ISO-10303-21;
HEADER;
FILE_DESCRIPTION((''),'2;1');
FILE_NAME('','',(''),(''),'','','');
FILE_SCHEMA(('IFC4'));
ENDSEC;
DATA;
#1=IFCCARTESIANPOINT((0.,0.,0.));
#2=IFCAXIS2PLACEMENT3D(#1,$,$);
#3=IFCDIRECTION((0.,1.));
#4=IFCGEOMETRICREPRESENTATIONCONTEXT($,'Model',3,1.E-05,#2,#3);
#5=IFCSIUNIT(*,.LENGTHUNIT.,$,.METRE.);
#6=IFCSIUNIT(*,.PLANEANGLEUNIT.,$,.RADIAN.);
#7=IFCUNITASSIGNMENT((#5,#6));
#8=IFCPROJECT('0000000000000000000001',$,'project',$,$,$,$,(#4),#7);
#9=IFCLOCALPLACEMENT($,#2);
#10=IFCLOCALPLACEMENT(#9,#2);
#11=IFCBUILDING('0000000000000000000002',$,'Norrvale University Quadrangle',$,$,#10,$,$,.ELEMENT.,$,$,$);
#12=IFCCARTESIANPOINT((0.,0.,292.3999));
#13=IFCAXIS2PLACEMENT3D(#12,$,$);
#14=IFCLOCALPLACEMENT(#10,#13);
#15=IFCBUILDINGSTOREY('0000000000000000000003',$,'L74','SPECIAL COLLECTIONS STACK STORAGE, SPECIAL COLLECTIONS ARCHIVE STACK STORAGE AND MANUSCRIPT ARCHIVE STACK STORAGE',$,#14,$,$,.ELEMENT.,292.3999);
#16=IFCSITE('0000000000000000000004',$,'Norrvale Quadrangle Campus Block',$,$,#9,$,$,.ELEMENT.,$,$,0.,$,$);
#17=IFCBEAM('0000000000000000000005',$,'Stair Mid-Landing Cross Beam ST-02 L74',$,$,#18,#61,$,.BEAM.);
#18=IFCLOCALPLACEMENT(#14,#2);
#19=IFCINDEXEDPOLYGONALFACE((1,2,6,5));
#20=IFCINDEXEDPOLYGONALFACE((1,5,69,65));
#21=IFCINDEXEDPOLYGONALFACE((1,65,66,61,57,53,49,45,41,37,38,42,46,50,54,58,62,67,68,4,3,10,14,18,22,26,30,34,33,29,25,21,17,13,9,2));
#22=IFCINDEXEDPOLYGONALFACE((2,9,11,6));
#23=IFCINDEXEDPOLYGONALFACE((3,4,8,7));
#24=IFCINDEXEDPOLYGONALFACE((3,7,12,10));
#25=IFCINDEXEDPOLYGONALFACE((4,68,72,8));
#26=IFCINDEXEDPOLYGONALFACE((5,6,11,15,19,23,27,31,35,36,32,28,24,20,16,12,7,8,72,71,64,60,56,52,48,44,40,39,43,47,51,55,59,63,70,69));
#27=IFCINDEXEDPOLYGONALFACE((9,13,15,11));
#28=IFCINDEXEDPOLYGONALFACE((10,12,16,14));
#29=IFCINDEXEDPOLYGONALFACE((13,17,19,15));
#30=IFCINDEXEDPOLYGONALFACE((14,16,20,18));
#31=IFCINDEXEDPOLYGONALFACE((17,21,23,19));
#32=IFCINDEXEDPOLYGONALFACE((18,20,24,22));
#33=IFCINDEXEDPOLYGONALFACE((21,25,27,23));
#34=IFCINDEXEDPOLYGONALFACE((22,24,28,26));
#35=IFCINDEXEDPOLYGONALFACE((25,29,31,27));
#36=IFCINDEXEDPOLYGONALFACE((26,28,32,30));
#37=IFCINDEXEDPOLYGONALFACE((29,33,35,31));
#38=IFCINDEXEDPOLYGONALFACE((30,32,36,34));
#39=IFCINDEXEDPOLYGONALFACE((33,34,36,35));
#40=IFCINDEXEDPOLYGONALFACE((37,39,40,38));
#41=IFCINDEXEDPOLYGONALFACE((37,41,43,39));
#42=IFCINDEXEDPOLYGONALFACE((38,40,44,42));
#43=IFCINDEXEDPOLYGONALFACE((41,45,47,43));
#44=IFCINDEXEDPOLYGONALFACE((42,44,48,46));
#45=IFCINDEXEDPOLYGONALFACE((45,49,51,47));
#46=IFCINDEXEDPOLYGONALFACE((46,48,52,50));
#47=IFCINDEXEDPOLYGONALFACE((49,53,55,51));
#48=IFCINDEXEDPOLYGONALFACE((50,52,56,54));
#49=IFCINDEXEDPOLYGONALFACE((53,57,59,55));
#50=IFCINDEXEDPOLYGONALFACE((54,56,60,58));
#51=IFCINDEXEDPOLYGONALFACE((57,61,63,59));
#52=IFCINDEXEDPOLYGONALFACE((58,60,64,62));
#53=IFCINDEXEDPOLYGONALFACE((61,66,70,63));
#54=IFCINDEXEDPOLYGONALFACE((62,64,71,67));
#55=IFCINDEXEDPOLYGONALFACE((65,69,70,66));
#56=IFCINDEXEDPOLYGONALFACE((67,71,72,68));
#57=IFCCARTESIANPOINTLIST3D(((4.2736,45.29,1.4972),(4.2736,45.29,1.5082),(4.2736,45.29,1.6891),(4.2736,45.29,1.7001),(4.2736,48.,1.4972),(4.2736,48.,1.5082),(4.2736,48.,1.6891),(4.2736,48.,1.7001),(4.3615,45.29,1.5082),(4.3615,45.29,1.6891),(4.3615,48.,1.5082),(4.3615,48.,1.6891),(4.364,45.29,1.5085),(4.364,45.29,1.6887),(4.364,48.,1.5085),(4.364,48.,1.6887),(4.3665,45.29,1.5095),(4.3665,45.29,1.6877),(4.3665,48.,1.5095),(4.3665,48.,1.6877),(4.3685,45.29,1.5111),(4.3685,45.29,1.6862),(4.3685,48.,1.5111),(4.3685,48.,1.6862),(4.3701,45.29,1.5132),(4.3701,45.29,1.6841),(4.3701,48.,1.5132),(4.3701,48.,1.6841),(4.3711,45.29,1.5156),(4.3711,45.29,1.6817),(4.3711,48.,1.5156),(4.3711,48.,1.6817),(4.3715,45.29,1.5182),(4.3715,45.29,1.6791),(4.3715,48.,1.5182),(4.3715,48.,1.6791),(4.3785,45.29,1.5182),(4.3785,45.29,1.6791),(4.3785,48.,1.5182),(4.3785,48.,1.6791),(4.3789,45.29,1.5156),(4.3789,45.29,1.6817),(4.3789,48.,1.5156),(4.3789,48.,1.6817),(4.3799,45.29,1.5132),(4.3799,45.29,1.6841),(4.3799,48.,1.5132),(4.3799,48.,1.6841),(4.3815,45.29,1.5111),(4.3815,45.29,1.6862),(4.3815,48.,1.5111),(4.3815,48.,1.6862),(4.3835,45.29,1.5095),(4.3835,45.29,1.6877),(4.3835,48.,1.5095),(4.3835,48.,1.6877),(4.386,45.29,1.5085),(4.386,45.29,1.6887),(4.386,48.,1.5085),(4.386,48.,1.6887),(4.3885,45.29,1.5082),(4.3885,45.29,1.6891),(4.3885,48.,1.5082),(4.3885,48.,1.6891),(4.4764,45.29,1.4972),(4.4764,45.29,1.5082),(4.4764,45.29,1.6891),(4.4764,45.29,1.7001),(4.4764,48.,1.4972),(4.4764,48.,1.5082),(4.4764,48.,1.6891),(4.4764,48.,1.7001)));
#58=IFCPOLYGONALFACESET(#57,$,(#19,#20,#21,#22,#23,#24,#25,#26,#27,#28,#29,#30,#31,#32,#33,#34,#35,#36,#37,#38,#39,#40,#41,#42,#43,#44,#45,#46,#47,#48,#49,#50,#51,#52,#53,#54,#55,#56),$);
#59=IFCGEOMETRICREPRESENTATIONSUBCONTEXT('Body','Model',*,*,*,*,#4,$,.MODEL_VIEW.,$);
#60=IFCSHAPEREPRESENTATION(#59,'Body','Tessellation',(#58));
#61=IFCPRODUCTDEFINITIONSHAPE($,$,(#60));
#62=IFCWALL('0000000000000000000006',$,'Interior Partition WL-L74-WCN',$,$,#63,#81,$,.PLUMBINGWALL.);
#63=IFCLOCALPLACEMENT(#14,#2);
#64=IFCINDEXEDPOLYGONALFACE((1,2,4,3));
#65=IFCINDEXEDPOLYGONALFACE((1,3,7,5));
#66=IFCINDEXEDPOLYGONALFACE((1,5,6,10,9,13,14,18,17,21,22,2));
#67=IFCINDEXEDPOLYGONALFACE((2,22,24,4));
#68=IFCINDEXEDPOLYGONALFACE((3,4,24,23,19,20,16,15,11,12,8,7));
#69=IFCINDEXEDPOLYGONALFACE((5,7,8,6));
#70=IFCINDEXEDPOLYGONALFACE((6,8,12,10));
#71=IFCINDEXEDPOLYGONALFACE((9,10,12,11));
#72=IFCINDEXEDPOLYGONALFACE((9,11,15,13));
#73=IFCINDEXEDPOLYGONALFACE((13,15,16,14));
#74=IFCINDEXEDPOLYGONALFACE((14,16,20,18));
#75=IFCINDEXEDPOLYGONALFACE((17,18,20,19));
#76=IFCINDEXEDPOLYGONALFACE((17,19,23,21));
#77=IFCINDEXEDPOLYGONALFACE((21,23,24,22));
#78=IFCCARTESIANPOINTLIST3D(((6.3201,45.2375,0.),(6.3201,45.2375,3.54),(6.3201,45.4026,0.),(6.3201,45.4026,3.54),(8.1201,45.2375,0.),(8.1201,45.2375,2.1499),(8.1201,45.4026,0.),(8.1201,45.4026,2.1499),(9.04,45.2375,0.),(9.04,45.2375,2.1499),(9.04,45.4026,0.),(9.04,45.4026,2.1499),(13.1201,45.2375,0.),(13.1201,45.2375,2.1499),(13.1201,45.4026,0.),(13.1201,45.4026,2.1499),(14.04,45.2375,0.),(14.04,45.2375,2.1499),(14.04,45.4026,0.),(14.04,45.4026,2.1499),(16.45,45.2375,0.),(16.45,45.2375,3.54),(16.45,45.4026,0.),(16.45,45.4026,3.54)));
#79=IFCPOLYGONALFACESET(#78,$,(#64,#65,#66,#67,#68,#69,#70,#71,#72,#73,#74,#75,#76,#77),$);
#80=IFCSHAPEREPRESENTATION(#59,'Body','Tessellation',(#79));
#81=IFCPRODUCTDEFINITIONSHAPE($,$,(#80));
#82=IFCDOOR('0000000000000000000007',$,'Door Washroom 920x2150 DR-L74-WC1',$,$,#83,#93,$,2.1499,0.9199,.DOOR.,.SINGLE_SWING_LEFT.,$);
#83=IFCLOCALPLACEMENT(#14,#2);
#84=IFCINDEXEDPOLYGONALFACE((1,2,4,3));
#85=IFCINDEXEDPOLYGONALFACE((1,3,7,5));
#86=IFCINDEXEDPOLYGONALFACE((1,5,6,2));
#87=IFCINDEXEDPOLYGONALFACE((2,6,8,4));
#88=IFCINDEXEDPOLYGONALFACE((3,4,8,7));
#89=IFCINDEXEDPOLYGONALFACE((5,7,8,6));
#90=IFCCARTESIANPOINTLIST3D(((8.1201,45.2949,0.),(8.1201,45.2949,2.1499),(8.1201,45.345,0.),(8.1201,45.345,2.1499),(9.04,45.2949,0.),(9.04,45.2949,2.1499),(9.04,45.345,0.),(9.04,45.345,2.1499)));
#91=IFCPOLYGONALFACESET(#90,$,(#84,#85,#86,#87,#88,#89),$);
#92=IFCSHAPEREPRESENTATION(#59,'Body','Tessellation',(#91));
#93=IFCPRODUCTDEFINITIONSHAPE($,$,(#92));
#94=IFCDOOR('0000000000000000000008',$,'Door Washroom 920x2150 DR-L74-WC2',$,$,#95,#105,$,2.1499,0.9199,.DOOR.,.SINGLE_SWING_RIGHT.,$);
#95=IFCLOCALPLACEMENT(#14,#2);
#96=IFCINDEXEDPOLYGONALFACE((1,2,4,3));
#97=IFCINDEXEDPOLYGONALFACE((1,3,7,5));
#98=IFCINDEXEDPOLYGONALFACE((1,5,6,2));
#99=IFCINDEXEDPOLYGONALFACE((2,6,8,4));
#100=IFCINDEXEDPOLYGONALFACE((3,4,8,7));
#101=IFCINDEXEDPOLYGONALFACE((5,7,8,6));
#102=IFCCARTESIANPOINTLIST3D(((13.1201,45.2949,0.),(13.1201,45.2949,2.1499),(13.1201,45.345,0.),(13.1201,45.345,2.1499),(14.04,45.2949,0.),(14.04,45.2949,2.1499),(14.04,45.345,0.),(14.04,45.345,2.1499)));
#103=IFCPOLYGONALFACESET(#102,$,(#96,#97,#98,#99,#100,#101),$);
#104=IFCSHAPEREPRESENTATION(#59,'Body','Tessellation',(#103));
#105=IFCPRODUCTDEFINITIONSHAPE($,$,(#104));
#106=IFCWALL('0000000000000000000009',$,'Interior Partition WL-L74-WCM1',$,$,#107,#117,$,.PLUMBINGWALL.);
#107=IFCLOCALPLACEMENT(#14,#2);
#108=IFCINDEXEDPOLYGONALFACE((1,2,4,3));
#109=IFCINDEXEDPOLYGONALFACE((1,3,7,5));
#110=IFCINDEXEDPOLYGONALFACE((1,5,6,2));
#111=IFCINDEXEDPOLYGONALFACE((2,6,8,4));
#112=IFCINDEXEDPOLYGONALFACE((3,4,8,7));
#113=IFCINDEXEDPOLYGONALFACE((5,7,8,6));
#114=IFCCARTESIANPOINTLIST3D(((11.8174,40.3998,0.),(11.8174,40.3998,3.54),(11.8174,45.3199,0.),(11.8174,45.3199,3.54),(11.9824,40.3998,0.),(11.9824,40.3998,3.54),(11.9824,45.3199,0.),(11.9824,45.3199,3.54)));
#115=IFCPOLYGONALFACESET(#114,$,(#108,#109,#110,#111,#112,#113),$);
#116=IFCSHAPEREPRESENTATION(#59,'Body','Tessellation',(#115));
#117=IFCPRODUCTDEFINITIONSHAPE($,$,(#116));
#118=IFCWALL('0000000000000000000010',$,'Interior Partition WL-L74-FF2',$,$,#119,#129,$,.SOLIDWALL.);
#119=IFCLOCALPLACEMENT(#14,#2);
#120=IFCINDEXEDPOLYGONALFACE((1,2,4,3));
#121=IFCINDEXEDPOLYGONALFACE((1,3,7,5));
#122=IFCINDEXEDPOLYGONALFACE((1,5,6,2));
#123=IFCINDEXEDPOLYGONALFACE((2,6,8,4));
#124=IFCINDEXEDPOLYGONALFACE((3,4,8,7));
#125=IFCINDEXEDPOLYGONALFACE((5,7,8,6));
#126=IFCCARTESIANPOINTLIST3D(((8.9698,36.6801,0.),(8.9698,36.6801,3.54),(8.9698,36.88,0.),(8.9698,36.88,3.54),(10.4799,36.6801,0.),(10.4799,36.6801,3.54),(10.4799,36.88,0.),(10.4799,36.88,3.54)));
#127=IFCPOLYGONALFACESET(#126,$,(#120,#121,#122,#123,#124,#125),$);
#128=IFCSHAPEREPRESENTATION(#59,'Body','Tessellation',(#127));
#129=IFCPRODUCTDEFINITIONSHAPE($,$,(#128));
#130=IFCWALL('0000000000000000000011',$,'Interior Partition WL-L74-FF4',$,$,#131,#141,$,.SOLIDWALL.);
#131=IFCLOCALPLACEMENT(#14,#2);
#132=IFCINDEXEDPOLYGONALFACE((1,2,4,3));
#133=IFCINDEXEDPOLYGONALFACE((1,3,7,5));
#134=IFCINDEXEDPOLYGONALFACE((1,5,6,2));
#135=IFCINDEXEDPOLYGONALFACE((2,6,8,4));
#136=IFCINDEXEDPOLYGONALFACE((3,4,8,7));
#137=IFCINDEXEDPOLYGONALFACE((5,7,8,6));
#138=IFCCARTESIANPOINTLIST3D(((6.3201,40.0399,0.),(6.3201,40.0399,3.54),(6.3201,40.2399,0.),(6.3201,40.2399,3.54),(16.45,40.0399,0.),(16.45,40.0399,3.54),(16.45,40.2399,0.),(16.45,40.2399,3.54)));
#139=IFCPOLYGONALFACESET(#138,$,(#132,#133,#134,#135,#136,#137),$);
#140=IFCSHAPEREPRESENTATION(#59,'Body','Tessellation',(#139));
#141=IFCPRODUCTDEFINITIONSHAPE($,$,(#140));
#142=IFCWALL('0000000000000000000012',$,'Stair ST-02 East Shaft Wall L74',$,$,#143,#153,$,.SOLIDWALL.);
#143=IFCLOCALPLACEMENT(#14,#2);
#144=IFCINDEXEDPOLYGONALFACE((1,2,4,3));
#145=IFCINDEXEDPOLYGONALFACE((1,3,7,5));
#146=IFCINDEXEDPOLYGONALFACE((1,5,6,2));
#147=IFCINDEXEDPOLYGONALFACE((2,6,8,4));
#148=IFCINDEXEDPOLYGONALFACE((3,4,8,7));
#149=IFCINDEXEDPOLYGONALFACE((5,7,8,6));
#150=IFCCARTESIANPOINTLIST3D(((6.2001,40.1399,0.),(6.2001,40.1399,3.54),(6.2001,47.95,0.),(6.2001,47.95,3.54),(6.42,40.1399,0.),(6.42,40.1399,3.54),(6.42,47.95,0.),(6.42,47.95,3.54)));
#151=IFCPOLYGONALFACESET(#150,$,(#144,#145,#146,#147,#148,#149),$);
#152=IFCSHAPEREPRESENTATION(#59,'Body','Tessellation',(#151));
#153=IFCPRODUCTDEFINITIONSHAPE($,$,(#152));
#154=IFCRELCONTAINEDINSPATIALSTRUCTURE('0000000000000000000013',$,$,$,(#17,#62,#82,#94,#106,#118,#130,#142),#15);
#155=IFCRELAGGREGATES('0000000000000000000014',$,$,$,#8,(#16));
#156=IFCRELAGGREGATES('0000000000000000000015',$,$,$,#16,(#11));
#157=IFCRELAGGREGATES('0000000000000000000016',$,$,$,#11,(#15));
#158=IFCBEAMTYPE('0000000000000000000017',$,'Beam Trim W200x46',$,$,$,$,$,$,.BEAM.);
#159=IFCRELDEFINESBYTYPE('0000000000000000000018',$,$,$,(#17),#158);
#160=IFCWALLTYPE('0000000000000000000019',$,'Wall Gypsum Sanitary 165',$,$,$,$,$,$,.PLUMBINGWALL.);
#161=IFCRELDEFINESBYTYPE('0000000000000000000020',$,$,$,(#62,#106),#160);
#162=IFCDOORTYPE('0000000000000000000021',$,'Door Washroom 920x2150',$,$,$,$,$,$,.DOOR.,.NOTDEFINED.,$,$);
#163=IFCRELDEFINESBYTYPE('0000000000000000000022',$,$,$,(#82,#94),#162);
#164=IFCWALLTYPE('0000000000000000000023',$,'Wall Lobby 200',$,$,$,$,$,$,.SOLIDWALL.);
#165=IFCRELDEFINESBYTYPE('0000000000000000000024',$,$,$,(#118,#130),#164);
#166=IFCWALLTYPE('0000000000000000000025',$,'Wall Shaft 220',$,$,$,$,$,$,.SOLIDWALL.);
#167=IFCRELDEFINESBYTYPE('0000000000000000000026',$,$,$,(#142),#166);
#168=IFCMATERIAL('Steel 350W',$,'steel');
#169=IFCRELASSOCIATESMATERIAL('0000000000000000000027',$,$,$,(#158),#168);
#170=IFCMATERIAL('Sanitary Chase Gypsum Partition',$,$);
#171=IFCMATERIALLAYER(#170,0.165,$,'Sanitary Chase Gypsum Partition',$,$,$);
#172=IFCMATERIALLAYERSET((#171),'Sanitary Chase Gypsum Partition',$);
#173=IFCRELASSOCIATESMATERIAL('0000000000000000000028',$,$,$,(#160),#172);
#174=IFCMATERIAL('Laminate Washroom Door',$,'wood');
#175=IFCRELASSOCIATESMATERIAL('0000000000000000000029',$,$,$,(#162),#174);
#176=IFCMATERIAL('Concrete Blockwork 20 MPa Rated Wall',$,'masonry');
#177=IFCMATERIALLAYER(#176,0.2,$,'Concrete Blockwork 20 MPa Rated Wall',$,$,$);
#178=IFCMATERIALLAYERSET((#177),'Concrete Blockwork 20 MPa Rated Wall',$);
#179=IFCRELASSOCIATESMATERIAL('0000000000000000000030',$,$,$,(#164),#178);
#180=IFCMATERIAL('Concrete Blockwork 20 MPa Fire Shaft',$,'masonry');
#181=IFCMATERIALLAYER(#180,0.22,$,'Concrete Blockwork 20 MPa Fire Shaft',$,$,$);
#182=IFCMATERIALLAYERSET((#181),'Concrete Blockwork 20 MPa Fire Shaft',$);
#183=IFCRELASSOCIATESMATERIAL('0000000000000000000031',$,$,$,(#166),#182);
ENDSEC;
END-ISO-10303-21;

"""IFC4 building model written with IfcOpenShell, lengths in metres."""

from ifc_helpers import new_model, si_unit, direction, frame, frame_2d, origin, origin_2d, place, context, subcontext, project, spatial, rectangle, i_section, extrude, material, layer, layer_set, material_profile, profile_set, type_object, element, fill, save


model = new_model("IFC4")

# Units and contexts
model_context = context("Model", 3, precision=1e-05, world=origin(), true_north=direction((0.0, 1.0)))
body_context = subcontext(model_context, "Body", "Model", "MODEL_VIEW")
ifc_project = project(units=[si_unit("LENGTHUNIT", "METRE"), si_unit("PLANEANGLEUNIT", "RADIAN")], contexts=[model_context])

# Site, building, storey
site_placement = place(None, origin())
site = spatial("IfcSite", under=ifc_project, at=site_placement, Name="Norrvale Quadrangle Campus Block", CompositionType="ELEMENT", RefElevation=0.0)
building_placement = place(site_placement, origin())
building = spatial("IfcBuilding", under=site, at=building_placement, Name="Norrvale University Quadrangle", CompositionType="ELEMENT")
storey_placement = place(building_placement, frame((0.0, 0.0, 292.3999)))
storey = spatial("IfcBuildingStorey", under=building, at=storey_placement, Name="L74", Description="SPECIAL COLLECTIONS STACK STORAGE, SPECIAL COLLECTIONS ARCHIVE STACK STORAGE AND MANUSCRIPT ARCHIVE STACK STORAGE", CompositionType="ELEMENT", Elevation=292.3999)

# Beam
ifc_material_1 = material(Name="Steel 350W", Category="steel")
ifc_material_profile = material_profile(ifc_material_1, i_section(OverallWidth=0.2029, OverallDepth=0.2029, WebThickness=0.0071, FlangeThickness=0.011, FilletRadius=0.01, at=origin_2d()), Name="Steel 350W")
ifc_profile_set = profile_set([ifc_material_profile], Name="Steel 350W")
beam_type = type_object("IfcBeamType", Name="Beam Trim W200x46", PredefinedType="BEAM", material=ifc_profile_set)
beam_placement = place(storey_placement, frame((4.375, 45.29, 1.5986), z_axis=(0.0, 1.0, 0.0), x_axis=(-1.0, 0.0, 0.0)))
element("IfcBeam", 1, at=beam_placement, inside=storey, type_object=beam_type, Name="Stair Mid-Landing Cross Beam ST-02 L74", PredefinedType="BEAM", context=body_context, shape_type="SweptSolid", body=[
    extrude(i_section(OverallWidth=0.2029, OverallDepth=0.2029, WebThickness=0.0071, FlangeThickness=0.011, FilletRadius=0.01, at=origin_2d()), origin(), (0.0, 0.0, 1.0), 2.71),
])

# Wall, openings, doors
ifc_material_2 = material(Name="Sanitary Chase Gypsum Partition")
ifc_layer_1 = layer(ifc_material_2, 0.165, Name="Sanitary Chase Gypsum Partition")
ifc_layer_set_1 = layer_set([ifc_layer_1], Name="Sanitary Chase Gypsum Partition")
wall_type_1 = type_object("IfcWallType", Name="Wall Gypsum Sanitary 165", PredefinedType="PLUMBINGWALL", material=ifc_layer_set_1)
wall_1_placement = place(storey_placement, frame((6.3201, 45.3201, 0.0), z_axis=(0.0, 0.0, 1.0), x_axis=(1.0, 0.0, 0.0)))
wall_1 = element("IfcWall", 2, at=wall_1_placement, inside=storey, type_object=wall_type_1, Name="Interior Partition WL-L74-WCN", PredefinedType="PLUMBINGWALL", context=body_context, shape_type="SweptSolid", body=[
    extrude(rectangle(XDim=10.1299, YDim=0.165, at=frame_2d((5.0649, 0.0))), origin(), (0.0, 0.0, 1.0), 3.54),
])
opening_1_placement = place(wall_1_placement, frame((1.8, 0.0, 0.0)))
opening_1 = element("IfcOpeningElement", 3, at=opening_1_placement, cuts=wall_1, PredefinedType="OPENING", context=body_context, shape_type="SweptSolid", body=[
    extrude(rectangle(XDim=0.9199, YDim=2.1499, at=frame_2d((0.46, 1.075))), frame((0.0, 0.0945, 0.0), z_axis=(0.0, -1.0, 0.0), x_axis=(1.0, 0.0, 0.0)), (0.0, 0.0, 1.0), 0.189),
])
opening_2_placement = place(wall_1_placement, frame((6.8, 0.0, 0.0)))
opening_2 = element("IfcOpeningElement", 4, at=opening_2_placement, cuts=wall_1, PredefinedType="OPENING", context=body_context, shape_type="SweptSolid", body=[
    extrude(rectangle(XDim=0.9199, YDim=2.1499, at=frame_2d((0.46, 1.075))), frame((0.0, 0.0945, 0.0), z_axis=(0.0, -1.0, 0.0), x_axis=(1.0, 0.0, 0.0)), (0.0, 0.0, 1.0), 0.189),
])
ifc_material_3 = material(Name="Laminate Washroom Door", Category="wood")
door_type_1 = type_object("IfcDoorType", Name="Door Washroom 920x2150", OperationType="NOTDEFINED", PredefinedType="DOOR", material=ifc_material_3)
door_1_placement = place(opening_1_placement, origin())
door_1 = element("IfcDoor", 5, at=door_1_placement, inside=storey, type_object=door_type_1, Name="Door Washroom 920x2150 DR-L74-WC1", OperationType="SINGLE_SWING_LEFT", OverallHeight=2.1499, OverallWidth=0.9199, PredefinedType="DOOR", context=body_context, shape_type="SweptSolid", body=[
    extrude(rectangle(XDim=0.9199, YDim=2.1499, at=frame_2d((0.46, 1.075))), frame((0.0, 0.0249, 0.0), z_axis=(0.0, -1.0, 0.0), x_axis=(1.0, 0.0, 0.0)), (0.0, 0.0, 1.0), 0.05),
])
fill(opening_1, door_1)
door_2_placement = place(opening_2_placement, origin())
door_2 = element("IfcDoor", 6, at=door_2_placement, inside=storey, type_object=door_type_1, Name="Door Washroom 920x2150 DR-L74-WC2", OperationType="SINGLE_SWING_RIGHT", OverallHeight=2.1499, OverallWidth=0.9199, PredefinedType="DOOR", context=body_context, shape_type="SweptSolid", body=[
    extrude(rectangle(XDim=0.9199, YDim=2.1499, at=frame_2d((0.46, 1.075))), frame((0.0, 0.0249, 0.0), z_axis=(0.0, -1.0, 0.0), x_axis=(1.0, 0.0, 0.0)), (0.0, 0.0, 1.0), 0.05),
])
fill(opening_2, door_2)

# Walls
wall_2_placement = place(storey_placement, frame((11.8999, 40.3999, 0.0), z_axis=(0.0, 0.0, 1.0), x_axis=(0.0, 1.0, 0.0)))
element("IfcWall", 7, at=wall_2_placement, inside=storey, type_object=wall_type_1, Name="Interior Partition WL-L74-WCM1", PredefinedType="PLUMBINGWALL", context=body_context, shape_type="SweptSolid", body=[
    extrude(rectangle(XDim=4.9202, YDim=0.165, at=frame_2d((2.46, 0.0))), origin(), (0.0, 0.0, 1.0), 3.54),
])
ifc_material_4 = material(Name="Concrete Blockwork 20 MPa Rated Wall", Category="masonry")
ifc_layer_2 = layer(ifc_material_4, 0.2, Name="Concrete Blockwork 20 MPa Rated Wall")
ifc_layer_set_2 = layer_set([ifc_layer_2], Name="Concrete Blockwork 20 MPa Rated Wall")
wall_type_2 = type_object("IfcWallType", Name="Wall Lobby 200", PredefinedType="SOLIDWALL", material=ifc_layer_set_2)
wall_3_placement = place(storey_placement, frame((8.97, 36.78, 0.0), z_axis=(0.0, 0.0, 1.0), x_axis=(1.0, 0.0, 0.0)))
element("IfcWall", 8, at=wall_3_placement, inside=storey, type_object=wall_type_2, Name="Interior Partition WL-L74-FF2", PredefinedType="SOLIDWALL", context=body_context, shape_type="SweptSolid", body=[
    extrude(rectangle(XDim=1.51, YDim=0.2, at=frame_2d((0.7549, 0.0))), origin(), (0.0, 0.0, 1.0), 3.54),
])
wall_4_placement = place(storey_placement, frame((6.3201, 40.1399, 0.0), z_axis=(0.0, 0.0, 1.0), x_axis=(1.0, 0.0, 0.0)))
element("IfcWall", 9, at=wall_4_placement, inside=storey, type_object=wall_type_2, Name="Interior Partition WL-L74-FF4", PredefinedType="SOLIDWALL", context=body_context, shape_type="SweptSolid", body=[
    extrude(rectangle(XDim=10.1299, YDim=0.2, at=frame_2d((5.0649, 0.0))), origin(), (0.0, 0.0, 1.0), 3.54),
])
ifc_material_5 = material(Name="Concrete Blockwork 20 MPa Fire Shaft", Category="masonry")
ifc_layer_3 = layer(ifc_material_5, 0.22, Name="Concrete Blockwork 20 MPa Fire Shaft")
ifc_layer_set_3 = layer_set([ifc_layer_3], Name="Concrete Blockwork 20 MPa Fire Shaft")
wall_type_3 = type_object("IfcWallType", Name="Wall Shaft 220", PredefinedType="SOLIDWALL", material=ifc_layer_set_3)
wall_5_placement = place(storey_placement, frame((6.3101, 40.1399, 0.0), z_axis=(0.0, 0.0, 1.0), x_axis=(0.0, 1.0, 0.0)))
element("IfcWall", 10, at=wall_5_placement, inside=storey, type_object=wall_type_3, Name="Stair ST-02 East Shaft Wall L74", PredefinedType="SOLIDWALL", context=body_context, shape_type="SweptSolid", body=[
    extrude(rectangle(XDim=7.8101, YDim=0.22, at=frame_2d((3.905, 0.0))), origin(), (0.0, 0.0, 1.0), 3.54),
])

save(model, "model.ifc")
